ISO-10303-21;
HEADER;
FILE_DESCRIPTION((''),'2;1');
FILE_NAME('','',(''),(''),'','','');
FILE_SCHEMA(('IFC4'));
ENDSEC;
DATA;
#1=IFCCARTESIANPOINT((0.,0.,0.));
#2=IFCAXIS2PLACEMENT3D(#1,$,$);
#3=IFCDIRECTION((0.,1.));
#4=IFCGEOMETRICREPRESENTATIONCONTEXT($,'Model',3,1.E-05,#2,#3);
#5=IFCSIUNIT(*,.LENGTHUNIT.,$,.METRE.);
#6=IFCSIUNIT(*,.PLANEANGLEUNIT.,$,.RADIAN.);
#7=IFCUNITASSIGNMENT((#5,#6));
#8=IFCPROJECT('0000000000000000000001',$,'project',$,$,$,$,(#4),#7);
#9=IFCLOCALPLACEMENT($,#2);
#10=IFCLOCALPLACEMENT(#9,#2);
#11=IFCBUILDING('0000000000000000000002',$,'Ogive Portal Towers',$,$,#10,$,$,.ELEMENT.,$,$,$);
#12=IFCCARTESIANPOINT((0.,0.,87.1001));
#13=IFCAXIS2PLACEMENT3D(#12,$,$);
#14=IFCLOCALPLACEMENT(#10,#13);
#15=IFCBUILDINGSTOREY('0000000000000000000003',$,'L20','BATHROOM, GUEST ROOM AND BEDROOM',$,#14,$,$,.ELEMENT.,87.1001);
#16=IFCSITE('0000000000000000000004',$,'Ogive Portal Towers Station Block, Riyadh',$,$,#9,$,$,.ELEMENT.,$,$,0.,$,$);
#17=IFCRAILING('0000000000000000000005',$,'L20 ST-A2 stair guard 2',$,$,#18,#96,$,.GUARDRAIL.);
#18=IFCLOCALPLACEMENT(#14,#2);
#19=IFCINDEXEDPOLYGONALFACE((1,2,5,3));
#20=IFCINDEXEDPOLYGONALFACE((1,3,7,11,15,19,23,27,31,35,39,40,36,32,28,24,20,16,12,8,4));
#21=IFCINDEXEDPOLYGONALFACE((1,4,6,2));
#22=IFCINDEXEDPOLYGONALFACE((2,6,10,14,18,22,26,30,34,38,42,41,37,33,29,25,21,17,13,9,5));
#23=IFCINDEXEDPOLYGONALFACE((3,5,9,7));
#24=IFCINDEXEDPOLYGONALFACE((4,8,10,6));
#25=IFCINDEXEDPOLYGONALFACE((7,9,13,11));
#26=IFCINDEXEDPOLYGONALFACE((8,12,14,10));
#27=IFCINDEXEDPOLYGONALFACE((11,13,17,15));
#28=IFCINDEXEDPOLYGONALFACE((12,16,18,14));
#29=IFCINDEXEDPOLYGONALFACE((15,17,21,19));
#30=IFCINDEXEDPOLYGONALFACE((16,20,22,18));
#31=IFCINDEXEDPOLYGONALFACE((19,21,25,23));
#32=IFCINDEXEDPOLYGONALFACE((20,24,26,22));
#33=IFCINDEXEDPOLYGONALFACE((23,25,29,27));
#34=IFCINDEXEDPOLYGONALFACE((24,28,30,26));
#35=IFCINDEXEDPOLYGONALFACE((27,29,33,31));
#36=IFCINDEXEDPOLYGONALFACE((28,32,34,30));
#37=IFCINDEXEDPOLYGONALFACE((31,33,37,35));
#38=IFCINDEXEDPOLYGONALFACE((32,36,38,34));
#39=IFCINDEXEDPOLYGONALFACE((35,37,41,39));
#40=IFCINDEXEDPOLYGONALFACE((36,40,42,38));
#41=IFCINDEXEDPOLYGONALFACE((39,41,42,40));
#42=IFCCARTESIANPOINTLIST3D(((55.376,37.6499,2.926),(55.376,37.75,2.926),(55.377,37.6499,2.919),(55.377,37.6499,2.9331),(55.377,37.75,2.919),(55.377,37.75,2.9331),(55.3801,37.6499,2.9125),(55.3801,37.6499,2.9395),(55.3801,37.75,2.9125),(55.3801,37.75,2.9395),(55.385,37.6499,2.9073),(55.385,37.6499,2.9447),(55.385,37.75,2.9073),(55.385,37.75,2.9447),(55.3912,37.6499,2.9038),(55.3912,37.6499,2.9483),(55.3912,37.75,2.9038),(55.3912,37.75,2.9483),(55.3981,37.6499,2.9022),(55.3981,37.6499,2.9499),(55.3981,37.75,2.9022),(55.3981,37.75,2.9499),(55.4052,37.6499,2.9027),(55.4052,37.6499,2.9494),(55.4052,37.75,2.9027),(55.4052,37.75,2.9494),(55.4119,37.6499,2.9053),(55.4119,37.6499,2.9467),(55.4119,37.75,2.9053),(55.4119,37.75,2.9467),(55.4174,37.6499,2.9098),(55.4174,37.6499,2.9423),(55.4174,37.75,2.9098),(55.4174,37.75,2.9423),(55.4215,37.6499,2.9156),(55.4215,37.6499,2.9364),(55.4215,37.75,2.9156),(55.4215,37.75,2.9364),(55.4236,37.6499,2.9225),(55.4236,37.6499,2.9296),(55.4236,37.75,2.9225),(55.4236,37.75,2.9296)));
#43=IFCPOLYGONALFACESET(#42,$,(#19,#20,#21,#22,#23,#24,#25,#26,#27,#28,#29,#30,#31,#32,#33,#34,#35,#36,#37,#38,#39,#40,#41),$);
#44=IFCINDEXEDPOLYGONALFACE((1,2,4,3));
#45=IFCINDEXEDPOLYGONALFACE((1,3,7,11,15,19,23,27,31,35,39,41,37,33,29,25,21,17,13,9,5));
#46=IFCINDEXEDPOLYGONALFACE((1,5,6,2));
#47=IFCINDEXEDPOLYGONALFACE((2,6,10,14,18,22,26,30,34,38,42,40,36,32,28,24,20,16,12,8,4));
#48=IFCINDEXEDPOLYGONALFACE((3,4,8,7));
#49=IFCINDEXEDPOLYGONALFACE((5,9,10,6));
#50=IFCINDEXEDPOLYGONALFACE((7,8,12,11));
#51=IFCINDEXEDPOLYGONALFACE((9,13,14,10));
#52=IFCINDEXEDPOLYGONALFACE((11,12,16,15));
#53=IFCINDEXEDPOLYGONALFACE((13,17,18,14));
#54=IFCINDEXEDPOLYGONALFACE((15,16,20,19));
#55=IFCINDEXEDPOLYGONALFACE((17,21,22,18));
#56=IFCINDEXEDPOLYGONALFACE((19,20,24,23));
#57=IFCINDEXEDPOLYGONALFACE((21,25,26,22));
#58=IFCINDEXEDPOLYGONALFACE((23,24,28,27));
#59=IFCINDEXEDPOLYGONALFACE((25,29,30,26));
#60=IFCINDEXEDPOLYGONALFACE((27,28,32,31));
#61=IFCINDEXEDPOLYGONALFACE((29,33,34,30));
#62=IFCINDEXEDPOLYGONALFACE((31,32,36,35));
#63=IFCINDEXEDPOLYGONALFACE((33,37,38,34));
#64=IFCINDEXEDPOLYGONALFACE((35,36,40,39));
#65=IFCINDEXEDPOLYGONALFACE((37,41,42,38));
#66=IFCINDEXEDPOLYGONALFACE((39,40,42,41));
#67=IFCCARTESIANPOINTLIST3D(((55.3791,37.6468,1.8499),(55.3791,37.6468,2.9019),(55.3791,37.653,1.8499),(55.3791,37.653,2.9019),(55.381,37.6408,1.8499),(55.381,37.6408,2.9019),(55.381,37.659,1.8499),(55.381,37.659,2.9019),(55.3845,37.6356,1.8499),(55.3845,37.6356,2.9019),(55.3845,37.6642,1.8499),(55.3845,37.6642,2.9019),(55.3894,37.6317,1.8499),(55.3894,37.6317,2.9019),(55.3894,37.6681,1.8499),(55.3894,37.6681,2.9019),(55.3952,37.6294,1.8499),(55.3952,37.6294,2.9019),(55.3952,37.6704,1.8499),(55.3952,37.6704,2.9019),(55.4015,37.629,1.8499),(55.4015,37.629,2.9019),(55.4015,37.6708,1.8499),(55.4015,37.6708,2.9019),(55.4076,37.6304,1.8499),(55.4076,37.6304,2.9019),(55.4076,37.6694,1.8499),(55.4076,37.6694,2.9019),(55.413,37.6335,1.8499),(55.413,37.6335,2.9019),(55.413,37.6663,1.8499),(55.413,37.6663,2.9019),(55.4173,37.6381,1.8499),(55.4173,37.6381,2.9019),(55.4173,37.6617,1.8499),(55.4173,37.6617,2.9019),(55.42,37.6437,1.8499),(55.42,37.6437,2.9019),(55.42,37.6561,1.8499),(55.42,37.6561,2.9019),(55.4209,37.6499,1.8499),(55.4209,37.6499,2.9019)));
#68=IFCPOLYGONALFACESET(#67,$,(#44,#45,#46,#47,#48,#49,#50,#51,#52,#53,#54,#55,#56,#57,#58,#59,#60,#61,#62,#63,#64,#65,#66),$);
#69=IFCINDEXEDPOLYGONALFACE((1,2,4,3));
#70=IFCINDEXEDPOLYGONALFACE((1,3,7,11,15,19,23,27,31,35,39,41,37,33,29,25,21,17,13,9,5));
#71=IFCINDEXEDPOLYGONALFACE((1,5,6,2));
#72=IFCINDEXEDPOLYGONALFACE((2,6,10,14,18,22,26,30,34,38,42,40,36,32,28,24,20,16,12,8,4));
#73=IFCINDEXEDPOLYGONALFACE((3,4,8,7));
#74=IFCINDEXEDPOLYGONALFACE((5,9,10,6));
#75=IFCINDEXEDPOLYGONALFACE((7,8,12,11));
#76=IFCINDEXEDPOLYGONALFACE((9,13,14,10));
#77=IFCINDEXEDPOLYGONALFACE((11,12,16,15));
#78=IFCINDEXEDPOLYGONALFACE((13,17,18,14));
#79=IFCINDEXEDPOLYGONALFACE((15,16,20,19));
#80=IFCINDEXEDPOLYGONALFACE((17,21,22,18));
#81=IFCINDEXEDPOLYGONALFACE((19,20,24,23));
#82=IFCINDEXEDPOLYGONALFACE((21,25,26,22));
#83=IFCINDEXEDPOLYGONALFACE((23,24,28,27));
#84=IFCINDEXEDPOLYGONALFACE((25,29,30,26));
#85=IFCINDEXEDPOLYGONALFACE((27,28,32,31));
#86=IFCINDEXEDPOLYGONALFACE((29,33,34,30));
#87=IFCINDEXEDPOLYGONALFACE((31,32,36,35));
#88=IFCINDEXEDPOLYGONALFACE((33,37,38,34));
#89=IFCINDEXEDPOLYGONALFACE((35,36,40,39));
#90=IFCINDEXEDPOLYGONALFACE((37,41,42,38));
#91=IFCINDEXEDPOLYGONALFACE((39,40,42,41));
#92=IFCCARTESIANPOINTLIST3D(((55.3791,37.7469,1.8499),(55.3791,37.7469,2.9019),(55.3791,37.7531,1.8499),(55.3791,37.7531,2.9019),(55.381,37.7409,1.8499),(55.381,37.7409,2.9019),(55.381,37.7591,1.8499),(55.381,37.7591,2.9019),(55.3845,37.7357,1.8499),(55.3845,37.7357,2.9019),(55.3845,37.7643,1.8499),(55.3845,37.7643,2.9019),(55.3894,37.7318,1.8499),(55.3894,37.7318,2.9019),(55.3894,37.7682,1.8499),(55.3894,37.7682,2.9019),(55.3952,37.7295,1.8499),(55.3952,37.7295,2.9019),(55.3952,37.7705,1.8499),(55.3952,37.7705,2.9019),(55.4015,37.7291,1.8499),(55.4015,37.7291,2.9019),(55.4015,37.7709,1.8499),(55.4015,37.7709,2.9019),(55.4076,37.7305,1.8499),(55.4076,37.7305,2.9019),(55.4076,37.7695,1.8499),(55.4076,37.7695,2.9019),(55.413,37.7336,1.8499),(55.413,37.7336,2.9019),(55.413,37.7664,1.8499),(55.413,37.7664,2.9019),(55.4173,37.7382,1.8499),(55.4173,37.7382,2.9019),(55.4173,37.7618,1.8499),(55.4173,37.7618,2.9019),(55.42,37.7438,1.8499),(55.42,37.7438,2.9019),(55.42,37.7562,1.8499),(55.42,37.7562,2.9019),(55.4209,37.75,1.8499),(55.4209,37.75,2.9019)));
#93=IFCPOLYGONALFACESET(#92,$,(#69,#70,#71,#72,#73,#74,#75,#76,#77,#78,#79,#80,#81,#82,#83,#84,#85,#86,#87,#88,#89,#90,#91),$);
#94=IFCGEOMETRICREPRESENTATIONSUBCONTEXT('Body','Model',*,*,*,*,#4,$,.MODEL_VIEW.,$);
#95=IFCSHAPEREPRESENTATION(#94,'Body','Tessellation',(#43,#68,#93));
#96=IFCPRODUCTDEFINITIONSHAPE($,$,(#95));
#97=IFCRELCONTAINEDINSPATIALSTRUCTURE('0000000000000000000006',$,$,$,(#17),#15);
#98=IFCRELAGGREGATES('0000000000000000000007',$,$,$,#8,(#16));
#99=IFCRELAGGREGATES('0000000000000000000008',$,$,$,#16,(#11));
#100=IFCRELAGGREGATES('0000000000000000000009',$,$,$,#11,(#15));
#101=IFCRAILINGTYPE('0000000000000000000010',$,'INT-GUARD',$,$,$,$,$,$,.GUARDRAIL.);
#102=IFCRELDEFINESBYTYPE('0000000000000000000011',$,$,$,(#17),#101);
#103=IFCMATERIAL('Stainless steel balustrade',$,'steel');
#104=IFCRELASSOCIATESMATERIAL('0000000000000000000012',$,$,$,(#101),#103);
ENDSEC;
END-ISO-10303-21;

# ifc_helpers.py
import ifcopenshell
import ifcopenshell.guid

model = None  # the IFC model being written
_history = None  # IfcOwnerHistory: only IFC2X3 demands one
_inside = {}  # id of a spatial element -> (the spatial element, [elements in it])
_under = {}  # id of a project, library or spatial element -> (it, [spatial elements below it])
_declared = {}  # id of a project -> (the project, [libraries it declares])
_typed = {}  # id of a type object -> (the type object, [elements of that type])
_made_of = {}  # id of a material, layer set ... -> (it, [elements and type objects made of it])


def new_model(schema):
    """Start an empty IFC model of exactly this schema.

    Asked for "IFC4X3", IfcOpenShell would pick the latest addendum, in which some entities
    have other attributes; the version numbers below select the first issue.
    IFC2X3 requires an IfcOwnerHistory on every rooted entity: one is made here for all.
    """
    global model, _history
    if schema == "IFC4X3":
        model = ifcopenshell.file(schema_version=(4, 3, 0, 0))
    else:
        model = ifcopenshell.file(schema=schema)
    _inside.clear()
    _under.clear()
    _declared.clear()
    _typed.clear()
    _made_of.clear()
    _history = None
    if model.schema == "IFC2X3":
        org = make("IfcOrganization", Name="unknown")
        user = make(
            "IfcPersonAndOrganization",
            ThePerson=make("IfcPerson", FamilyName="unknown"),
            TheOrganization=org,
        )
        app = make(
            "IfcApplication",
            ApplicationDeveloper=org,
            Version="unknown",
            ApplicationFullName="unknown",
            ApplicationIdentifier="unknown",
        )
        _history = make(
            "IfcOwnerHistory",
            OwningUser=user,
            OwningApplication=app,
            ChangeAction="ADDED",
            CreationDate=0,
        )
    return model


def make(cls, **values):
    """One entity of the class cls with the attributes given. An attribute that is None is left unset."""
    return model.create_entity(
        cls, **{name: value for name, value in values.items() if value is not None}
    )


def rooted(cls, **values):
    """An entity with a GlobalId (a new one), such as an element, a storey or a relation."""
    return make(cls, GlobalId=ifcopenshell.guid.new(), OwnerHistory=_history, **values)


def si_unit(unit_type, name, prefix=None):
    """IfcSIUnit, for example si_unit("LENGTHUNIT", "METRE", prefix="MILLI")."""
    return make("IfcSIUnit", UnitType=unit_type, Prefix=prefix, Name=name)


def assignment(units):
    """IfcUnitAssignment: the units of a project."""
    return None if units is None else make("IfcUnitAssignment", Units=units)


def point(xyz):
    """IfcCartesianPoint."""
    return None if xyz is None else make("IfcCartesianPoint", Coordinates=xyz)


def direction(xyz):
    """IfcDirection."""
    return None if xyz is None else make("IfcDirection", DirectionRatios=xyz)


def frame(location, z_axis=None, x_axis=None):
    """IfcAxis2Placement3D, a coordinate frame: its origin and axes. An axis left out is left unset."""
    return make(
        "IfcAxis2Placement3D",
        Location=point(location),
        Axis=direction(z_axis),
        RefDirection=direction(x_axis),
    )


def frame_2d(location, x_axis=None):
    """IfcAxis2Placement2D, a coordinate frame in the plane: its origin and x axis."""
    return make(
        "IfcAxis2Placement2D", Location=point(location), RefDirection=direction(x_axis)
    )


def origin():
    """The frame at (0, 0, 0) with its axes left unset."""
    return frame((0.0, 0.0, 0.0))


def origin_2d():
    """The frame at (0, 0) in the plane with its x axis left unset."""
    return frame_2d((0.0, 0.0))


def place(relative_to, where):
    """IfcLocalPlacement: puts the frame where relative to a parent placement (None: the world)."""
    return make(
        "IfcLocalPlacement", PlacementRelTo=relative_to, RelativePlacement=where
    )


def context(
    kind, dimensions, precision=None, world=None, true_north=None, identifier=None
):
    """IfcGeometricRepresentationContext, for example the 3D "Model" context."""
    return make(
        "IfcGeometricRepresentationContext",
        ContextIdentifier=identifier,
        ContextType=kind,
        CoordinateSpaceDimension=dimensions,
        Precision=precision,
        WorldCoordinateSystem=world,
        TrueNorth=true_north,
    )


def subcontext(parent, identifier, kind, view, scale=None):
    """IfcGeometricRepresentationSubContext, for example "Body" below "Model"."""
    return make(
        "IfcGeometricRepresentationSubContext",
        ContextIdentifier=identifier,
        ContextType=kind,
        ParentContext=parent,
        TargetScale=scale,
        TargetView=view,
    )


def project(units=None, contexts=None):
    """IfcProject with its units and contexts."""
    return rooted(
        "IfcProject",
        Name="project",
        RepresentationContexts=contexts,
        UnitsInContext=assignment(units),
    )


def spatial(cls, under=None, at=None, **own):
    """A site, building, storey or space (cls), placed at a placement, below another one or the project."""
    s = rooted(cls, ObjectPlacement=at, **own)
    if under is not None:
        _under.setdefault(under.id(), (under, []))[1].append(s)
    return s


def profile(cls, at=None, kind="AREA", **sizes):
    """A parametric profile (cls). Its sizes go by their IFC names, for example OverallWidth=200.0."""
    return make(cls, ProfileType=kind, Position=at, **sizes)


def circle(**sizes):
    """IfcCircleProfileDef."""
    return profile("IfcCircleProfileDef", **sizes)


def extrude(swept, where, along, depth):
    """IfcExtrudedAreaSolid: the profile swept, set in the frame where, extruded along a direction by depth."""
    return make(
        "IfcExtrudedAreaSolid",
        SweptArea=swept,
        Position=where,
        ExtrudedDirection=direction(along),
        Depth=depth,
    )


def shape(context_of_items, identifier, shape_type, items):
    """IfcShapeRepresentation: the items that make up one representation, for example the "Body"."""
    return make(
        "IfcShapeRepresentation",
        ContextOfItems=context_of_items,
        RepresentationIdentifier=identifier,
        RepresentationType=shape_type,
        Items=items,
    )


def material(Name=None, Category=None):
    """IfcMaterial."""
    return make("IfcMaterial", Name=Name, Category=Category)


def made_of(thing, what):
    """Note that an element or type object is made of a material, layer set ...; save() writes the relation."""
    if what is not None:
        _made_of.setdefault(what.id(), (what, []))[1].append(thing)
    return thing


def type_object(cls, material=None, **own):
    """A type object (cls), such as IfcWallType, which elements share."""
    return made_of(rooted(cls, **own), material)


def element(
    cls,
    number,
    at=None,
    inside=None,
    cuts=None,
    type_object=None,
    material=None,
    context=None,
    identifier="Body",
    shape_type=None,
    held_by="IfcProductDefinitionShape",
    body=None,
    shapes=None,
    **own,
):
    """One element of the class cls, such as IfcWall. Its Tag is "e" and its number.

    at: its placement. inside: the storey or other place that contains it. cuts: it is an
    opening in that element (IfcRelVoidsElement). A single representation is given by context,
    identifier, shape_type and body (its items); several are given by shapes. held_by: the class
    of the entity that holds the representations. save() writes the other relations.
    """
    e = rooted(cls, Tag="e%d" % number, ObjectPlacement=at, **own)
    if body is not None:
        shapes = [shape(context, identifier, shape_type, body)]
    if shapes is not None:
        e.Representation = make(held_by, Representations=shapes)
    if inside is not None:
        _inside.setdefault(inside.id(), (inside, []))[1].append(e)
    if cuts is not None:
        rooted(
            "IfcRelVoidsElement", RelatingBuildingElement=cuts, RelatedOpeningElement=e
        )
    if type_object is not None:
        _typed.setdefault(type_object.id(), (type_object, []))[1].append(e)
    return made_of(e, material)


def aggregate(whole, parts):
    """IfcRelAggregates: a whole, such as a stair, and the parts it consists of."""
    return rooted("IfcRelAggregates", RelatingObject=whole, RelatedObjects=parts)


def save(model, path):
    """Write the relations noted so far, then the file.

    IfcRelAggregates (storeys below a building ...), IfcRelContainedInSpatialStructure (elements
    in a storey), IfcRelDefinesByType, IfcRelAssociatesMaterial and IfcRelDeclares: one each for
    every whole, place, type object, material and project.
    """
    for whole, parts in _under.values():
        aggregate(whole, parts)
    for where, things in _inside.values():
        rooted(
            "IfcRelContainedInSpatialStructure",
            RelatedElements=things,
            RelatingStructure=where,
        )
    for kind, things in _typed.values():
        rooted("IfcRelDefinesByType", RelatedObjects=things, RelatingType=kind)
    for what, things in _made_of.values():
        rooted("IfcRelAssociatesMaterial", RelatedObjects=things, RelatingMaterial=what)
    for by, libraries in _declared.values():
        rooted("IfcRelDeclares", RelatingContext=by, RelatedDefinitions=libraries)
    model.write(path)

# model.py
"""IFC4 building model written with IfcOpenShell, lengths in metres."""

from ifc_helpers import new_model, si_unit, direction, frame, origin, origin_2d, place, context, subcontext, project, spatial, circle, extrude, material, type_object, element, save


model = new_model("IFC4")

# Units and contexts
model_context = context("Model", 3, precision=1e-05, world=origin(), true_north=direction((0.0, 1.0)))
body_context = subcontext(model_context, "Body", "Model", "MODEL_VIEW")
ifc_project = project(units=[si_unit("LENGTHUNIT", "METRE"), si_unit("PLANEANGLEUNIT", "RADIAN")], contexts=[model_context])

# Site, building, storey
site_placement = place(None, origin())
site = spatial("IfcSite", under=ifc_project, at=site_placement, Name="Ogive Portal Towers Station Block, Riyadh", CompositionType="ELEMENT", RefElevation=0.0)
building_placement = place(site_placement, origin())
building = spatial("IfcBuilding", under=site, at=building_placement, Name="Ogive Portal Towers", CompositionType="ELEMENT")
storey_placement = place(building_placement, frame((0.0, 0.0, 87.1001)))
storey = spatial("IfcBuildingStorey", under=building, at=storey_placement, Name="L20", Description="BATHROOM, GUEST ROOM AND BEDROOM", CompositionType="ELEMENT", Elevation=87.1001)

# Railing
ifc_material_1 = material(Name="Stainless steel balustrade", Category="steel")
railing_type_1 = type_object("IfcRailingType", Name="INT-GUARD", PredefinedType="GUARDRAIL", material=ifc_material_1)
railing_1_placement = place(storey_placement, frame((55.3999, 37.6499, 1.8499)))
element("IfcRailing", 1, at=railing_1_placement, inside=storey, type_object=railing_type_1, Name="L20 ST-A2 stair guard 2", PredefinedType="GUARDRAIL", context=body_context, shape_type="SweptSolid", body=[
    extrude(circle(Radius=0.0239, at=origin_2d()), frame((0.0, 0.0, 1.0762), z_axis=(0.0, 1.0, 0.0), x_axis=(-1.0, 0.0, 0.0)), (0.0, 0.0, 1.0), 0.1001),
    extrude(circle(Radius=0.021, at=origin_2d()), origin(), (0.0, 0.0, 1.0), 1.052),
    extrude(circle(Radius=0.021, at=origin_2d()), frame((0.0, 0.1001, 0.0)), (0.0, 0.0, 1.0), 1.052),
])

save(model, "model.ifc")
